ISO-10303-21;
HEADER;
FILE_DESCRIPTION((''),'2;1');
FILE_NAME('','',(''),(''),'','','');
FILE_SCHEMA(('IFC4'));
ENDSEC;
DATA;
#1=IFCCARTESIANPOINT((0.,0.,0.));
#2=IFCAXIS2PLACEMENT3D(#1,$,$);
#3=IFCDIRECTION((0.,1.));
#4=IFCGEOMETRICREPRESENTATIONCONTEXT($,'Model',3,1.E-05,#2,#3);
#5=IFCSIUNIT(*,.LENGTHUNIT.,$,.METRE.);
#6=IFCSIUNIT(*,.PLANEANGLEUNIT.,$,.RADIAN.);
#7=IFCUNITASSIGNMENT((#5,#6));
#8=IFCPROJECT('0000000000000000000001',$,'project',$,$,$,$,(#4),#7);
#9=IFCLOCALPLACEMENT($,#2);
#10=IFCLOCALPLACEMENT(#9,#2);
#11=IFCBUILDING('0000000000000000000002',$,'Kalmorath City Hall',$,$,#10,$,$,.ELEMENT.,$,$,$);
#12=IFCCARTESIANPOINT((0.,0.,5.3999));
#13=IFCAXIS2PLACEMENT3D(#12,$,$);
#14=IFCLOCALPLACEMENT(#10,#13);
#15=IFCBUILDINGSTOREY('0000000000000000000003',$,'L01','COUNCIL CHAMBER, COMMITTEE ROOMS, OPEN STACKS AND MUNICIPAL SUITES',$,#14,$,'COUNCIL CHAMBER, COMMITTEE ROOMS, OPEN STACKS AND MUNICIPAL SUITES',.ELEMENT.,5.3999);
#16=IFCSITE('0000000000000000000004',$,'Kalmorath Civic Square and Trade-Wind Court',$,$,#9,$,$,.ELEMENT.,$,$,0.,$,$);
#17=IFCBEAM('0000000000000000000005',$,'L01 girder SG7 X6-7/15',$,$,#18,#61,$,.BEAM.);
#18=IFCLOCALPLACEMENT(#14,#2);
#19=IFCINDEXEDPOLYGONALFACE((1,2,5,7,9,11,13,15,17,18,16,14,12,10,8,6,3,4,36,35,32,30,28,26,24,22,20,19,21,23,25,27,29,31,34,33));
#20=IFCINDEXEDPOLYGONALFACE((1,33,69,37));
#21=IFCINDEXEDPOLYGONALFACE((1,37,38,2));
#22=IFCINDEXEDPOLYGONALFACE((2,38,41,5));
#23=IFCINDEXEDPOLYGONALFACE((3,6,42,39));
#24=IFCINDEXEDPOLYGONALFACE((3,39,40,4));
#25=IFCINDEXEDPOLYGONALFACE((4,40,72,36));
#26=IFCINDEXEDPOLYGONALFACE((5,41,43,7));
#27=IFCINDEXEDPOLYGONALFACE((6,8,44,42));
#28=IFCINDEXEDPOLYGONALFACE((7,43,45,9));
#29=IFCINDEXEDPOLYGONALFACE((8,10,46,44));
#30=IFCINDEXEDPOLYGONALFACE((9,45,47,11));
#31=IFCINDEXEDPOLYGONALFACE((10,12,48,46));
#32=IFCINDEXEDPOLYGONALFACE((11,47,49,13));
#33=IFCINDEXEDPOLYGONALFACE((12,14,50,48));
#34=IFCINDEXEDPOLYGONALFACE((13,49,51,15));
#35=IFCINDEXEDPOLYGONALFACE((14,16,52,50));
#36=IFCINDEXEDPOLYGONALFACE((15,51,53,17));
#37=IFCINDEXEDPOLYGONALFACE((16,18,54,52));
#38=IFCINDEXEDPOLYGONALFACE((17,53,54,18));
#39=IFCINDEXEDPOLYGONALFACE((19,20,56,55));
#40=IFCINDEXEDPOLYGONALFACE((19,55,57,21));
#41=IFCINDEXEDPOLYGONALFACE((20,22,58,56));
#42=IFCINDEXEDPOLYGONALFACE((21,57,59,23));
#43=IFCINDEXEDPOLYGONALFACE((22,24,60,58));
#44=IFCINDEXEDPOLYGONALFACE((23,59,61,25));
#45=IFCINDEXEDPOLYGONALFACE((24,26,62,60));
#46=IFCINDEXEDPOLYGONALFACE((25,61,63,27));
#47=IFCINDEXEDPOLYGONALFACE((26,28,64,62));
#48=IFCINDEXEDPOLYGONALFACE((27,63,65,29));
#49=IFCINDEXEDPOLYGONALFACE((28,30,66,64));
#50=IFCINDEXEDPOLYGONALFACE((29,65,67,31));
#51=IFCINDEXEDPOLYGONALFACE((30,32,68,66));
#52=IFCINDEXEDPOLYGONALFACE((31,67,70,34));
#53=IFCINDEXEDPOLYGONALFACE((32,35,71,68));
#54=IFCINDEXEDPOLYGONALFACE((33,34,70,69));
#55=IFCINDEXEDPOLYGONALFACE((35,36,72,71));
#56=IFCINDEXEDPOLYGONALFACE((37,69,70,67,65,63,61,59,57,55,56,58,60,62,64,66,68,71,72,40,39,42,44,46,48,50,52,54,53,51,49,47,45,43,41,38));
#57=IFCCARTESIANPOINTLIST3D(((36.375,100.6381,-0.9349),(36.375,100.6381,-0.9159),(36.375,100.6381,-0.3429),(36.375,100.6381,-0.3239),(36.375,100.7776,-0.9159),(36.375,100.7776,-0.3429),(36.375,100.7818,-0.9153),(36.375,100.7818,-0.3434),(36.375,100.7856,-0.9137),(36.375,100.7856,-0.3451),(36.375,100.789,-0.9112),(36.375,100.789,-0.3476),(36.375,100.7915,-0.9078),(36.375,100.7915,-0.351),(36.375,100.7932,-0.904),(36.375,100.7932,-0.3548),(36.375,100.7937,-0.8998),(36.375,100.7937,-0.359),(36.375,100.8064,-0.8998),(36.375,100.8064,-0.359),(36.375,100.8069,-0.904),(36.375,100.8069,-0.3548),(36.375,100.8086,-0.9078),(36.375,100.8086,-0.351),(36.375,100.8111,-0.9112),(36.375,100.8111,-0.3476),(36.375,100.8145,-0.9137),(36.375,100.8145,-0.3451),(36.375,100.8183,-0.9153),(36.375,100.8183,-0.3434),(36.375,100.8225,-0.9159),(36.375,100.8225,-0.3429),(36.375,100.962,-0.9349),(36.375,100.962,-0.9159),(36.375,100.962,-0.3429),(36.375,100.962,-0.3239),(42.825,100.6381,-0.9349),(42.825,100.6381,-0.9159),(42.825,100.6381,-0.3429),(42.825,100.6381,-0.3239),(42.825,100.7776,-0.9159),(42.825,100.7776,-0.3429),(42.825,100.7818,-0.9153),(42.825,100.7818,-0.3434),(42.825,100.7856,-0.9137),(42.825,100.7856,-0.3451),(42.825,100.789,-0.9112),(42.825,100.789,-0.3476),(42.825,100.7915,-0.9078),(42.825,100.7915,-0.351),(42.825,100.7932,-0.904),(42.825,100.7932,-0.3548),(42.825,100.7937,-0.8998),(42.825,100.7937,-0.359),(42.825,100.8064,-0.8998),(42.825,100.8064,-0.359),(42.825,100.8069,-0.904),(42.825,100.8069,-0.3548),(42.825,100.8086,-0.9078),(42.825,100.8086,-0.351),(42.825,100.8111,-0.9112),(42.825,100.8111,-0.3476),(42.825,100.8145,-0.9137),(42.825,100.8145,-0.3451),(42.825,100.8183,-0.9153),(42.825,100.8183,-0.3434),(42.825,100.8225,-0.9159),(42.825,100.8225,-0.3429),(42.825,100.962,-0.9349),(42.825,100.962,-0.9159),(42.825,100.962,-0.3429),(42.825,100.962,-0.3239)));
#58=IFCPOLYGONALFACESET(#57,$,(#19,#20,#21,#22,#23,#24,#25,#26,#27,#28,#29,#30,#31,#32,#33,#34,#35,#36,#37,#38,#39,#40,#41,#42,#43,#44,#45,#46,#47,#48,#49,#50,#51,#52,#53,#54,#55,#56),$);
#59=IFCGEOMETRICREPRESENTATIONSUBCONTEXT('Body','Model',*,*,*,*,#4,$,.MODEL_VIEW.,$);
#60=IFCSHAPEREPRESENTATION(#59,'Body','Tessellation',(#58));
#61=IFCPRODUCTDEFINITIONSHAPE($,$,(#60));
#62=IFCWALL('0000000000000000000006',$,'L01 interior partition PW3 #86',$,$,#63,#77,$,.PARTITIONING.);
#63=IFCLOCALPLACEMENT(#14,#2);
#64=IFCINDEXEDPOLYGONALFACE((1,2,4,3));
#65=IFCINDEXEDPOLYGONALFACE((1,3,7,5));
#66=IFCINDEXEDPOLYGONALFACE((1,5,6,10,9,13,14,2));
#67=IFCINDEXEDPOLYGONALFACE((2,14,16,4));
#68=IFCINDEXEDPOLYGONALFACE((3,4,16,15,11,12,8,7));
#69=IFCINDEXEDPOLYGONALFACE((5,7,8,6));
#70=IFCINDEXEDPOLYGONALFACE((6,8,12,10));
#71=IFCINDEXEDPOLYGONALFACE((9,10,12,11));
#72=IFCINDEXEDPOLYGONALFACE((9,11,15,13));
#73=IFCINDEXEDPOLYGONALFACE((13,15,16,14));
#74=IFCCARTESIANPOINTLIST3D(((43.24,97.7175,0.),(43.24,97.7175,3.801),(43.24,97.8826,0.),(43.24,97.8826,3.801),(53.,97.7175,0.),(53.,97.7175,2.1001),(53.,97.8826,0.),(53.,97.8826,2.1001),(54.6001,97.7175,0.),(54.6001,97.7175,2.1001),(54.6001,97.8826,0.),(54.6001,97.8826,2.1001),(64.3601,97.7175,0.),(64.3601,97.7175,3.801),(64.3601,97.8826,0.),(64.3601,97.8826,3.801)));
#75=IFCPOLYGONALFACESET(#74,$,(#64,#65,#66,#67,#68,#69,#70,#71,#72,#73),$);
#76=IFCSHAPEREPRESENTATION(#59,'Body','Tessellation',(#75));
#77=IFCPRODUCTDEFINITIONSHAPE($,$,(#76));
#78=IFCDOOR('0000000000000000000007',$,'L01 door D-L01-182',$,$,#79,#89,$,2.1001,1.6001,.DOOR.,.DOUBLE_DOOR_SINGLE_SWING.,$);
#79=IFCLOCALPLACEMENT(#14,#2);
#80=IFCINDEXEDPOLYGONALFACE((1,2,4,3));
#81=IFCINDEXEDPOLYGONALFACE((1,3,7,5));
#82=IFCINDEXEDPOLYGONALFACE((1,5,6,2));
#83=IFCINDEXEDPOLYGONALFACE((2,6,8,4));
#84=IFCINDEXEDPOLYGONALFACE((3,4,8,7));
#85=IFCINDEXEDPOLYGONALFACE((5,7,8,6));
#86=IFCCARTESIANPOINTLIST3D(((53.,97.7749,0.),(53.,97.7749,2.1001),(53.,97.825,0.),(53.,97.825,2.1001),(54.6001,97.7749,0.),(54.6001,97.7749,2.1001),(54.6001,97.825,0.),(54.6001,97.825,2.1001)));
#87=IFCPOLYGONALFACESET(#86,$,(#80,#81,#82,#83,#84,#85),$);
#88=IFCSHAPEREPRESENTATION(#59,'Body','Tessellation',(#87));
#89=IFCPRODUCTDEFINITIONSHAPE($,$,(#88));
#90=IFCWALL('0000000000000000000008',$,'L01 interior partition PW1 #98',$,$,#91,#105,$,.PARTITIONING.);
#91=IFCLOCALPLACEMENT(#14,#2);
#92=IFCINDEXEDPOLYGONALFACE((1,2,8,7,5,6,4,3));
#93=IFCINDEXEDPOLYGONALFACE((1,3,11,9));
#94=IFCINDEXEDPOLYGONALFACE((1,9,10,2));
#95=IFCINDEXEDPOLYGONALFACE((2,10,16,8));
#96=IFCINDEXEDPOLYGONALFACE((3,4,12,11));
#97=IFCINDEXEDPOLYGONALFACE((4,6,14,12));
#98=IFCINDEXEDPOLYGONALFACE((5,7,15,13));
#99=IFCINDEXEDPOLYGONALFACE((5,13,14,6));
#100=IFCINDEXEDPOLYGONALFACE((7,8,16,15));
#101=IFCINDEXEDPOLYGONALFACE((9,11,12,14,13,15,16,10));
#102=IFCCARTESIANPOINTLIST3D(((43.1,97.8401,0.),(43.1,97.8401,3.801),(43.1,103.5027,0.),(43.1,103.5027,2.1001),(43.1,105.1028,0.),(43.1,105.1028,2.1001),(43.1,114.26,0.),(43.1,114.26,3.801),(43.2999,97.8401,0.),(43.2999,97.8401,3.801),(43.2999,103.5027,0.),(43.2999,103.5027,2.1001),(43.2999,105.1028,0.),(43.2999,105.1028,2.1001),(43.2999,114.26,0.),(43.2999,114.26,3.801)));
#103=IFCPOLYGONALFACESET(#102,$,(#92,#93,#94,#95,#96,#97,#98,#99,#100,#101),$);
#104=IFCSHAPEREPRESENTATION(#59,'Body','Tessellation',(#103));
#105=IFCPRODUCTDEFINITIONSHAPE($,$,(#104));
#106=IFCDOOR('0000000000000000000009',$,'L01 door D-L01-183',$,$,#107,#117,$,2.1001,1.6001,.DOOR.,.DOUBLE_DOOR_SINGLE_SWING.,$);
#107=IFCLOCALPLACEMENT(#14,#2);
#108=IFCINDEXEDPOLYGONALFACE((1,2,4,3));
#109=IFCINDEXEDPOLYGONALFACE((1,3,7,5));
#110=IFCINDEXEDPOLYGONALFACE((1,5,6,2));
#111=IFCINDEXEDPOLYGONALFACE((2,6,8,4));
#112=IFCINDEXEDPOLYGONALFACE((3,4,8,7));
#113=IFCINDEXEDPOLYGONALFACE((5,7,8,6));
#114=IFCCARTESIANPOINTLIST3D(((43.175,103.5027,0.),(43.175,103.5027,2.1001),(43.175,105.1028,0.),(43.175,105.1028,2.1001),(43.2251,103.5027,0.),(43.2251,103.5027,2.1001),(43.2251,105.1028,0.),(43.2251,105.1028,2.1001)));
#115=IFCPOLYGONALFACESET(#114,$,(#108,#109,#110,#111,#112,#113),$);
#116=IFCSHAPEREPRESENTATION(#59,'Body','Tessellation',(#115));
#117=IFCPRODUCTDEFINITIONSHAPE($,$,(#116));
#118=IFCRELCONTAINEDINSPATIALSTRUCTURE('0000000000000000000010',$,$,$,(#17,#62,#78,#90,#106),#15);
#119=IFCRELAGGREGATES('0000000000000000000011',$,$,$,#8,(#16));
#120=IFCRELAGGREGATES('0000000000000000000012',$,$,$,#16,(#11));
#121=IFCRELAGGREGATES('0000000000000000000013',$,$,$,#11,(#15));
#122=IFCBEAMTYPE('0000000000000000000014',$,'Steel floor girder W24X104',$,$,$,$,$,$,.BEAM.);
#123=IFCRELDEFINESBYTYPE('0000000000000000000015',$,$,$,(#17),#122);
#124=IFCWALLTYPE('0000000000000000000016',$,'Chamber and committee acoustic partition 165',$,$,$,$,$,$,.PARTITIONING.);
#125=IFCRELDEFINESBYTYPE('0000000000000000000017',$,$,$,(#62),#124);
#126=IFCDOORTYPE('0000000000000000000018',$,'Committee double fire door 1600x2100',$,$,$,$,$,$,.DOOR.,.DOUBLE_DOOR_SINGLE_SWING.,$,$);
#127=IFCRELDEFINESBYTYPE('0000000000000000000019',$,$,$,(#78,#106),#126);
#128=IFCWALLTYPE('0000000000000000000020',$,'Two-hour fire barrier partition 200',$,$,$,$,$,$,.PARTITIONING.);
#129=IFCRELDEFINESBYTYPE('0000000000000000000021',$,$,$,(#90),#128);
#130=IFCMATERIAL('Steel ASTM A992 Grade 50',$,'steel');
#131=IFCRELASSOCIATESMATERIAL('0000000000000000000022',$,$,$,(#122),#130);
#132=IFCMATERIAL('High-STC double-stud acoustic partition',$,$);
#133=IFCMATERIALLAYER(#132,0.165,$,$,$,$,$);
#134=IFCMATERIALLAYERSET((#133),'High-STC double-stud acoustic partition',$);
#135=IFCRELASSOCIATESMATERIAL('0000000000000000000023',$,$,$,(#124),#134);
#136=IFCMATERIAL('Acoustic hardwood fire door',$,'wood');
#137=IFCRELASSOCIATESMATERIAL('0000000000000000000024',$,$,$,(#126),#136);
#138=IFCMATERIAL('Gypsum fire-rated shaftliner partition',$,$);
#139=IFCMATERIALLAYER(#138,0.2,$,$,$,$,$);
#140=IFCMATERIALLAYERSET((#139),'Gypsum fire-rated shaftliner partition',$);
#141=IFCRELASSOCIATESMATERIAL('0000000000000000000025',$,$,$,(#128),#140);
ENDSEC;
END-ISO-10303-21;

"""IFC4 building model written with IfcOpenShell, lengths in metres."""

from ifc_helpers import new_model, si_unit, direction, frame, frame_2d, origin, origin_2d, place, context, subcontext, project, spatial, rectangle, i_section, extrude, material, layer, layer_set, material_profile, profile_set, type_object, element, fill, save


model = new_model("IFC4")

# Units and contexts
model_context = context("Model", 3, precision=1e-05, world=origin(), true_north=direction((0.0, 1.0)))
body_context = subcontext(model_context, "Body", "Model", "MODEL_VIEW")
ifc_project = project(units=[si_unit("LENGTHUNIT", "METRE"), si_unit("PLANEANGLEUNIT", "RADIAN")], contexts=[model_context])

# Site, building, storey
site_placement = place(None, origin())
site = spatial("IfcSite", under=ifc_project, at=site_placement, Name="Kalmorath Civic Square and Trade-Wind Court", CompositionType="ELEMENT", RefElevation=0.0)
building_placement = place(site_placement, origin())
building = spatial("IfcBuilding", under=site, at=building_placement, Name="Kalmorath City Hall", CompositionType="ELEMENT")
storey_placement = place(building_placement, frame((0.0, 0.0, 5.3999)))
storey = spatial("IfcBuildingStorey", under=building, at=storey_placement, Name="L01", Description="COUNCIL CHAMBER, COMMITTEE ROOMS, OPEN STACKS AND MUNICIPAL SUITES", LongName="COUNCIL CHAMBER, COMMITTEE ROOMS, OPEN STACKS AND MUNICIPAL SUITES", CompositionType="ELEMENT", Elevation=5.3999)

# Beam
ifc_material_1 = material(Name="Steel ASTM A992 Grade 50", Category="steel")
ifc_material_profile_1 = material_profile(ifc_material_1, i_section(OverallWidth=0.324, OverallDepth=0.6111, WebThickness=0.0127, FlangeThickness=0.019, FilletRadius=0.0161, at=origin_2d()), Name="W24X104")
ifc_profile_set_1 = profile_set([ifc_material_profile_1], Name="Steel ASTM A992 Grade 50")
beam_type_1 = type_object("IfcBeamType", Name="Steel floor girder W24X104", PredefinedType="BEAM", material=ifc_profile_set_1)
for number, where, z_axis, x_axis, name in (
    (1, (36.375, 100.8, -0.6294), (1.0, 0.0, 0.0), (0.0, 1.0, 0.0), "L01 girder SG7 X6-7/15"),
):
    element("IfcBeam", number, at=place(storey_placement, frame(where, z_axis=z_axis, x_axis=x_axis)), inside=storey, type_object=beam_type_1, Name=name, PredefinedType="BEAM", context=body_context, shape_type="SweptSolid", body=[
        extrude(i_section(OverallWidth=0.324, OverallDepth=0.6111, WebThickness=0.0127, FlangeThickness=0.019, FilletRadius=0.0161, at=origin_2d()), origin(), (0.0, 0.0, 1.0), 6.45),
    ])

# Walls, openings, doors
ifc_material_2 = material(Name="High-STC double-stud acoustic partition")
ifc_layer_1 = layer(ifc_material_2, 0.165)
ifc_layer_set_1 = layer_set([ifc_layer_1], Name="High-STC double-stud acoustic partition")
wall_type_1 = type_object("IfcWallType", Name="Chamber and committee acoustic partition 165", PredefinedType="PARTITIONING", material=ifc_layer_set_1)
wall_1_placement = place(storey_placement, frame((43.24, 97.8, 0.0), z_axis=(0.0, 0.0, 1.0), x_axis=(1.0, 0.0, 0.0)))
wall_1 = element("IfcWall", 2, at=wall_1_placement, inside=storey, type_object=wall_type_1, Name="L01 interior partition PW3 #86", PredefinedType="PARTITIONING", context=body_context, shape_type="SweptSolid", body=[
    extrude(rectangle(XDim=21.1201, YDim=0.165, at=frame_2d((10.5601, 0.0))), origin(), (0.0, 0.0, 1.0), 3.801),
])
opening_1_placement = place(wall_1_placement, frame((9.76, 0.0, 0.0)))
opening_1 = element("IfcOpeningElement", 3, at=opening_1_placement, cuts=wall_1, PredefinedType="OPENING", context=body_context, shape_type="SweptSolid", body=[
    extrude(rectangle(XDim=1.6001, YDim=2.1001, at=frame_2d((0.8, 1.05))), frame((0.0, 0.0925, 0.0), z_axis=(0.0, -1.0, 0.0), x_axis=(1.0, 0.0, 0.0)), (0.0, 0.0, 1.0), 0.1851),
])
ifc_material_3 = material(Name="Acoustic hardwood fire door", Category="wood")
door_type = type_object("IfcDoorType", Name="Committee double fire door 1600x2100", OperationType="DOUBLE_DOOR_SINGLE_SWING", PredefinedType="DOOR", material=ifc_material_3)
door_1_placement = place(opening_1_placement, origin())
door_1 = element("IfcDoor", 4, at=door_1_placement, inside=storey, type_object=door_type, Name="L01 door D-L01-182", OperationType="DOUBLE_DOOR_SINGLE_SWING", OverallHeight=2.1001, OverallWidth=1.6001, PredefinedType="DOOR", context=body_context, shape_type="SweptSolid", body=[
    extrude(rectangle(XDim=1.6001, YDim=2.1001, at=frame_2d((0.8, 1.05))), frame((0.0, 0.0249, 0.0), z_axis=(0.0, -1.0, 0.0), x_axis=(1.0, 0.0, 0.0)), (0.0, 0.0, 1.0), 0.05),
])
fill(opening_1, door_1)
ifc_material_4 = material(Name="Gypsum fire-rated shaftliner partition")
ifc_layer_2 = layer(ifc_material_4, 0.2)
ifc_layer_set_2 = layer_set([ifc_layer_2], Name="Gypsum fire-rated shaftliner partition")
wall_type_2 = type_object("IfcWallType", Name="Two-hour fire barrier partition 200", PredefinedType="PARTITIONING", material=ifc_layer_set_2)
wall_2_placement = place(storey_placement, frame((43.2, 97.8401, 0.0), z_axis=(0.0, 0.0, 1.0), x_axis=(0.0, 1.0, 0.0)))
wall_2 = element("IfcWall", 5, at=wall_2_placement, inside=storey, type_object=wall_type_2, Name="L01 interior partition PW1 #98", PredefinedType="PARTITIONING", context=body_context, shape_type="SweptSolid", body=[
    extrude(rectangle(XDim=16.4199, YDim=0.2, at=frame_2d((8.21, 0.0))), origin(), (0.0, 0.0, 1.0), 3.801),
])
opening_2_placement = place(wall_2_placement, frame((5.6626, 0.0, 0.0)))
opening_2 = element("IfcOpeningElement", 6, at=opening_2_placement, cuts=wall_2, PredefinedType="OPENING", context=body_context, shape_type="SweptSolid", body=[
    extrude(rectangle(XDim=1.6001, YDim=2.1001, at=frame_2d((0.8, 1.05))), frame((0.0, 0.1099, 0.0), z_axis=(0.0, -1.0, 0.0), x_axis=(1.0, 0.0, 0.0)), (0.0, 0.0, 1.0), 0.22),
])
door_2_placement = place(opening_2_placement, origin())
door_2 = element("IfcDoor", 7, at=door_2_placement, inside=storey, type_object=door_type, Name="L01 door D-L01-183", OperationType="DOUBLE_DOOR_SINGLE_SWING", OverallHeight=2.1001, OverallWidth=1.6001, PredefinedType="DOOR", context=body_context, shape_type="SweptSolid", body=[
    extrude(rectangle(XDim=1.6001, YDim=2.1001, at=frame_2d((0.8, 1.05))), frame((0.0, 0.0249, 0.0), z_axis=(0.0, -1.0, 0.0), x_axis=(1.0, 0.0, 0.0)), (0.0, 0.0, 1.0), 0.05),
])
fill(opening_2, door_2)

save(model, "model.ifc")
